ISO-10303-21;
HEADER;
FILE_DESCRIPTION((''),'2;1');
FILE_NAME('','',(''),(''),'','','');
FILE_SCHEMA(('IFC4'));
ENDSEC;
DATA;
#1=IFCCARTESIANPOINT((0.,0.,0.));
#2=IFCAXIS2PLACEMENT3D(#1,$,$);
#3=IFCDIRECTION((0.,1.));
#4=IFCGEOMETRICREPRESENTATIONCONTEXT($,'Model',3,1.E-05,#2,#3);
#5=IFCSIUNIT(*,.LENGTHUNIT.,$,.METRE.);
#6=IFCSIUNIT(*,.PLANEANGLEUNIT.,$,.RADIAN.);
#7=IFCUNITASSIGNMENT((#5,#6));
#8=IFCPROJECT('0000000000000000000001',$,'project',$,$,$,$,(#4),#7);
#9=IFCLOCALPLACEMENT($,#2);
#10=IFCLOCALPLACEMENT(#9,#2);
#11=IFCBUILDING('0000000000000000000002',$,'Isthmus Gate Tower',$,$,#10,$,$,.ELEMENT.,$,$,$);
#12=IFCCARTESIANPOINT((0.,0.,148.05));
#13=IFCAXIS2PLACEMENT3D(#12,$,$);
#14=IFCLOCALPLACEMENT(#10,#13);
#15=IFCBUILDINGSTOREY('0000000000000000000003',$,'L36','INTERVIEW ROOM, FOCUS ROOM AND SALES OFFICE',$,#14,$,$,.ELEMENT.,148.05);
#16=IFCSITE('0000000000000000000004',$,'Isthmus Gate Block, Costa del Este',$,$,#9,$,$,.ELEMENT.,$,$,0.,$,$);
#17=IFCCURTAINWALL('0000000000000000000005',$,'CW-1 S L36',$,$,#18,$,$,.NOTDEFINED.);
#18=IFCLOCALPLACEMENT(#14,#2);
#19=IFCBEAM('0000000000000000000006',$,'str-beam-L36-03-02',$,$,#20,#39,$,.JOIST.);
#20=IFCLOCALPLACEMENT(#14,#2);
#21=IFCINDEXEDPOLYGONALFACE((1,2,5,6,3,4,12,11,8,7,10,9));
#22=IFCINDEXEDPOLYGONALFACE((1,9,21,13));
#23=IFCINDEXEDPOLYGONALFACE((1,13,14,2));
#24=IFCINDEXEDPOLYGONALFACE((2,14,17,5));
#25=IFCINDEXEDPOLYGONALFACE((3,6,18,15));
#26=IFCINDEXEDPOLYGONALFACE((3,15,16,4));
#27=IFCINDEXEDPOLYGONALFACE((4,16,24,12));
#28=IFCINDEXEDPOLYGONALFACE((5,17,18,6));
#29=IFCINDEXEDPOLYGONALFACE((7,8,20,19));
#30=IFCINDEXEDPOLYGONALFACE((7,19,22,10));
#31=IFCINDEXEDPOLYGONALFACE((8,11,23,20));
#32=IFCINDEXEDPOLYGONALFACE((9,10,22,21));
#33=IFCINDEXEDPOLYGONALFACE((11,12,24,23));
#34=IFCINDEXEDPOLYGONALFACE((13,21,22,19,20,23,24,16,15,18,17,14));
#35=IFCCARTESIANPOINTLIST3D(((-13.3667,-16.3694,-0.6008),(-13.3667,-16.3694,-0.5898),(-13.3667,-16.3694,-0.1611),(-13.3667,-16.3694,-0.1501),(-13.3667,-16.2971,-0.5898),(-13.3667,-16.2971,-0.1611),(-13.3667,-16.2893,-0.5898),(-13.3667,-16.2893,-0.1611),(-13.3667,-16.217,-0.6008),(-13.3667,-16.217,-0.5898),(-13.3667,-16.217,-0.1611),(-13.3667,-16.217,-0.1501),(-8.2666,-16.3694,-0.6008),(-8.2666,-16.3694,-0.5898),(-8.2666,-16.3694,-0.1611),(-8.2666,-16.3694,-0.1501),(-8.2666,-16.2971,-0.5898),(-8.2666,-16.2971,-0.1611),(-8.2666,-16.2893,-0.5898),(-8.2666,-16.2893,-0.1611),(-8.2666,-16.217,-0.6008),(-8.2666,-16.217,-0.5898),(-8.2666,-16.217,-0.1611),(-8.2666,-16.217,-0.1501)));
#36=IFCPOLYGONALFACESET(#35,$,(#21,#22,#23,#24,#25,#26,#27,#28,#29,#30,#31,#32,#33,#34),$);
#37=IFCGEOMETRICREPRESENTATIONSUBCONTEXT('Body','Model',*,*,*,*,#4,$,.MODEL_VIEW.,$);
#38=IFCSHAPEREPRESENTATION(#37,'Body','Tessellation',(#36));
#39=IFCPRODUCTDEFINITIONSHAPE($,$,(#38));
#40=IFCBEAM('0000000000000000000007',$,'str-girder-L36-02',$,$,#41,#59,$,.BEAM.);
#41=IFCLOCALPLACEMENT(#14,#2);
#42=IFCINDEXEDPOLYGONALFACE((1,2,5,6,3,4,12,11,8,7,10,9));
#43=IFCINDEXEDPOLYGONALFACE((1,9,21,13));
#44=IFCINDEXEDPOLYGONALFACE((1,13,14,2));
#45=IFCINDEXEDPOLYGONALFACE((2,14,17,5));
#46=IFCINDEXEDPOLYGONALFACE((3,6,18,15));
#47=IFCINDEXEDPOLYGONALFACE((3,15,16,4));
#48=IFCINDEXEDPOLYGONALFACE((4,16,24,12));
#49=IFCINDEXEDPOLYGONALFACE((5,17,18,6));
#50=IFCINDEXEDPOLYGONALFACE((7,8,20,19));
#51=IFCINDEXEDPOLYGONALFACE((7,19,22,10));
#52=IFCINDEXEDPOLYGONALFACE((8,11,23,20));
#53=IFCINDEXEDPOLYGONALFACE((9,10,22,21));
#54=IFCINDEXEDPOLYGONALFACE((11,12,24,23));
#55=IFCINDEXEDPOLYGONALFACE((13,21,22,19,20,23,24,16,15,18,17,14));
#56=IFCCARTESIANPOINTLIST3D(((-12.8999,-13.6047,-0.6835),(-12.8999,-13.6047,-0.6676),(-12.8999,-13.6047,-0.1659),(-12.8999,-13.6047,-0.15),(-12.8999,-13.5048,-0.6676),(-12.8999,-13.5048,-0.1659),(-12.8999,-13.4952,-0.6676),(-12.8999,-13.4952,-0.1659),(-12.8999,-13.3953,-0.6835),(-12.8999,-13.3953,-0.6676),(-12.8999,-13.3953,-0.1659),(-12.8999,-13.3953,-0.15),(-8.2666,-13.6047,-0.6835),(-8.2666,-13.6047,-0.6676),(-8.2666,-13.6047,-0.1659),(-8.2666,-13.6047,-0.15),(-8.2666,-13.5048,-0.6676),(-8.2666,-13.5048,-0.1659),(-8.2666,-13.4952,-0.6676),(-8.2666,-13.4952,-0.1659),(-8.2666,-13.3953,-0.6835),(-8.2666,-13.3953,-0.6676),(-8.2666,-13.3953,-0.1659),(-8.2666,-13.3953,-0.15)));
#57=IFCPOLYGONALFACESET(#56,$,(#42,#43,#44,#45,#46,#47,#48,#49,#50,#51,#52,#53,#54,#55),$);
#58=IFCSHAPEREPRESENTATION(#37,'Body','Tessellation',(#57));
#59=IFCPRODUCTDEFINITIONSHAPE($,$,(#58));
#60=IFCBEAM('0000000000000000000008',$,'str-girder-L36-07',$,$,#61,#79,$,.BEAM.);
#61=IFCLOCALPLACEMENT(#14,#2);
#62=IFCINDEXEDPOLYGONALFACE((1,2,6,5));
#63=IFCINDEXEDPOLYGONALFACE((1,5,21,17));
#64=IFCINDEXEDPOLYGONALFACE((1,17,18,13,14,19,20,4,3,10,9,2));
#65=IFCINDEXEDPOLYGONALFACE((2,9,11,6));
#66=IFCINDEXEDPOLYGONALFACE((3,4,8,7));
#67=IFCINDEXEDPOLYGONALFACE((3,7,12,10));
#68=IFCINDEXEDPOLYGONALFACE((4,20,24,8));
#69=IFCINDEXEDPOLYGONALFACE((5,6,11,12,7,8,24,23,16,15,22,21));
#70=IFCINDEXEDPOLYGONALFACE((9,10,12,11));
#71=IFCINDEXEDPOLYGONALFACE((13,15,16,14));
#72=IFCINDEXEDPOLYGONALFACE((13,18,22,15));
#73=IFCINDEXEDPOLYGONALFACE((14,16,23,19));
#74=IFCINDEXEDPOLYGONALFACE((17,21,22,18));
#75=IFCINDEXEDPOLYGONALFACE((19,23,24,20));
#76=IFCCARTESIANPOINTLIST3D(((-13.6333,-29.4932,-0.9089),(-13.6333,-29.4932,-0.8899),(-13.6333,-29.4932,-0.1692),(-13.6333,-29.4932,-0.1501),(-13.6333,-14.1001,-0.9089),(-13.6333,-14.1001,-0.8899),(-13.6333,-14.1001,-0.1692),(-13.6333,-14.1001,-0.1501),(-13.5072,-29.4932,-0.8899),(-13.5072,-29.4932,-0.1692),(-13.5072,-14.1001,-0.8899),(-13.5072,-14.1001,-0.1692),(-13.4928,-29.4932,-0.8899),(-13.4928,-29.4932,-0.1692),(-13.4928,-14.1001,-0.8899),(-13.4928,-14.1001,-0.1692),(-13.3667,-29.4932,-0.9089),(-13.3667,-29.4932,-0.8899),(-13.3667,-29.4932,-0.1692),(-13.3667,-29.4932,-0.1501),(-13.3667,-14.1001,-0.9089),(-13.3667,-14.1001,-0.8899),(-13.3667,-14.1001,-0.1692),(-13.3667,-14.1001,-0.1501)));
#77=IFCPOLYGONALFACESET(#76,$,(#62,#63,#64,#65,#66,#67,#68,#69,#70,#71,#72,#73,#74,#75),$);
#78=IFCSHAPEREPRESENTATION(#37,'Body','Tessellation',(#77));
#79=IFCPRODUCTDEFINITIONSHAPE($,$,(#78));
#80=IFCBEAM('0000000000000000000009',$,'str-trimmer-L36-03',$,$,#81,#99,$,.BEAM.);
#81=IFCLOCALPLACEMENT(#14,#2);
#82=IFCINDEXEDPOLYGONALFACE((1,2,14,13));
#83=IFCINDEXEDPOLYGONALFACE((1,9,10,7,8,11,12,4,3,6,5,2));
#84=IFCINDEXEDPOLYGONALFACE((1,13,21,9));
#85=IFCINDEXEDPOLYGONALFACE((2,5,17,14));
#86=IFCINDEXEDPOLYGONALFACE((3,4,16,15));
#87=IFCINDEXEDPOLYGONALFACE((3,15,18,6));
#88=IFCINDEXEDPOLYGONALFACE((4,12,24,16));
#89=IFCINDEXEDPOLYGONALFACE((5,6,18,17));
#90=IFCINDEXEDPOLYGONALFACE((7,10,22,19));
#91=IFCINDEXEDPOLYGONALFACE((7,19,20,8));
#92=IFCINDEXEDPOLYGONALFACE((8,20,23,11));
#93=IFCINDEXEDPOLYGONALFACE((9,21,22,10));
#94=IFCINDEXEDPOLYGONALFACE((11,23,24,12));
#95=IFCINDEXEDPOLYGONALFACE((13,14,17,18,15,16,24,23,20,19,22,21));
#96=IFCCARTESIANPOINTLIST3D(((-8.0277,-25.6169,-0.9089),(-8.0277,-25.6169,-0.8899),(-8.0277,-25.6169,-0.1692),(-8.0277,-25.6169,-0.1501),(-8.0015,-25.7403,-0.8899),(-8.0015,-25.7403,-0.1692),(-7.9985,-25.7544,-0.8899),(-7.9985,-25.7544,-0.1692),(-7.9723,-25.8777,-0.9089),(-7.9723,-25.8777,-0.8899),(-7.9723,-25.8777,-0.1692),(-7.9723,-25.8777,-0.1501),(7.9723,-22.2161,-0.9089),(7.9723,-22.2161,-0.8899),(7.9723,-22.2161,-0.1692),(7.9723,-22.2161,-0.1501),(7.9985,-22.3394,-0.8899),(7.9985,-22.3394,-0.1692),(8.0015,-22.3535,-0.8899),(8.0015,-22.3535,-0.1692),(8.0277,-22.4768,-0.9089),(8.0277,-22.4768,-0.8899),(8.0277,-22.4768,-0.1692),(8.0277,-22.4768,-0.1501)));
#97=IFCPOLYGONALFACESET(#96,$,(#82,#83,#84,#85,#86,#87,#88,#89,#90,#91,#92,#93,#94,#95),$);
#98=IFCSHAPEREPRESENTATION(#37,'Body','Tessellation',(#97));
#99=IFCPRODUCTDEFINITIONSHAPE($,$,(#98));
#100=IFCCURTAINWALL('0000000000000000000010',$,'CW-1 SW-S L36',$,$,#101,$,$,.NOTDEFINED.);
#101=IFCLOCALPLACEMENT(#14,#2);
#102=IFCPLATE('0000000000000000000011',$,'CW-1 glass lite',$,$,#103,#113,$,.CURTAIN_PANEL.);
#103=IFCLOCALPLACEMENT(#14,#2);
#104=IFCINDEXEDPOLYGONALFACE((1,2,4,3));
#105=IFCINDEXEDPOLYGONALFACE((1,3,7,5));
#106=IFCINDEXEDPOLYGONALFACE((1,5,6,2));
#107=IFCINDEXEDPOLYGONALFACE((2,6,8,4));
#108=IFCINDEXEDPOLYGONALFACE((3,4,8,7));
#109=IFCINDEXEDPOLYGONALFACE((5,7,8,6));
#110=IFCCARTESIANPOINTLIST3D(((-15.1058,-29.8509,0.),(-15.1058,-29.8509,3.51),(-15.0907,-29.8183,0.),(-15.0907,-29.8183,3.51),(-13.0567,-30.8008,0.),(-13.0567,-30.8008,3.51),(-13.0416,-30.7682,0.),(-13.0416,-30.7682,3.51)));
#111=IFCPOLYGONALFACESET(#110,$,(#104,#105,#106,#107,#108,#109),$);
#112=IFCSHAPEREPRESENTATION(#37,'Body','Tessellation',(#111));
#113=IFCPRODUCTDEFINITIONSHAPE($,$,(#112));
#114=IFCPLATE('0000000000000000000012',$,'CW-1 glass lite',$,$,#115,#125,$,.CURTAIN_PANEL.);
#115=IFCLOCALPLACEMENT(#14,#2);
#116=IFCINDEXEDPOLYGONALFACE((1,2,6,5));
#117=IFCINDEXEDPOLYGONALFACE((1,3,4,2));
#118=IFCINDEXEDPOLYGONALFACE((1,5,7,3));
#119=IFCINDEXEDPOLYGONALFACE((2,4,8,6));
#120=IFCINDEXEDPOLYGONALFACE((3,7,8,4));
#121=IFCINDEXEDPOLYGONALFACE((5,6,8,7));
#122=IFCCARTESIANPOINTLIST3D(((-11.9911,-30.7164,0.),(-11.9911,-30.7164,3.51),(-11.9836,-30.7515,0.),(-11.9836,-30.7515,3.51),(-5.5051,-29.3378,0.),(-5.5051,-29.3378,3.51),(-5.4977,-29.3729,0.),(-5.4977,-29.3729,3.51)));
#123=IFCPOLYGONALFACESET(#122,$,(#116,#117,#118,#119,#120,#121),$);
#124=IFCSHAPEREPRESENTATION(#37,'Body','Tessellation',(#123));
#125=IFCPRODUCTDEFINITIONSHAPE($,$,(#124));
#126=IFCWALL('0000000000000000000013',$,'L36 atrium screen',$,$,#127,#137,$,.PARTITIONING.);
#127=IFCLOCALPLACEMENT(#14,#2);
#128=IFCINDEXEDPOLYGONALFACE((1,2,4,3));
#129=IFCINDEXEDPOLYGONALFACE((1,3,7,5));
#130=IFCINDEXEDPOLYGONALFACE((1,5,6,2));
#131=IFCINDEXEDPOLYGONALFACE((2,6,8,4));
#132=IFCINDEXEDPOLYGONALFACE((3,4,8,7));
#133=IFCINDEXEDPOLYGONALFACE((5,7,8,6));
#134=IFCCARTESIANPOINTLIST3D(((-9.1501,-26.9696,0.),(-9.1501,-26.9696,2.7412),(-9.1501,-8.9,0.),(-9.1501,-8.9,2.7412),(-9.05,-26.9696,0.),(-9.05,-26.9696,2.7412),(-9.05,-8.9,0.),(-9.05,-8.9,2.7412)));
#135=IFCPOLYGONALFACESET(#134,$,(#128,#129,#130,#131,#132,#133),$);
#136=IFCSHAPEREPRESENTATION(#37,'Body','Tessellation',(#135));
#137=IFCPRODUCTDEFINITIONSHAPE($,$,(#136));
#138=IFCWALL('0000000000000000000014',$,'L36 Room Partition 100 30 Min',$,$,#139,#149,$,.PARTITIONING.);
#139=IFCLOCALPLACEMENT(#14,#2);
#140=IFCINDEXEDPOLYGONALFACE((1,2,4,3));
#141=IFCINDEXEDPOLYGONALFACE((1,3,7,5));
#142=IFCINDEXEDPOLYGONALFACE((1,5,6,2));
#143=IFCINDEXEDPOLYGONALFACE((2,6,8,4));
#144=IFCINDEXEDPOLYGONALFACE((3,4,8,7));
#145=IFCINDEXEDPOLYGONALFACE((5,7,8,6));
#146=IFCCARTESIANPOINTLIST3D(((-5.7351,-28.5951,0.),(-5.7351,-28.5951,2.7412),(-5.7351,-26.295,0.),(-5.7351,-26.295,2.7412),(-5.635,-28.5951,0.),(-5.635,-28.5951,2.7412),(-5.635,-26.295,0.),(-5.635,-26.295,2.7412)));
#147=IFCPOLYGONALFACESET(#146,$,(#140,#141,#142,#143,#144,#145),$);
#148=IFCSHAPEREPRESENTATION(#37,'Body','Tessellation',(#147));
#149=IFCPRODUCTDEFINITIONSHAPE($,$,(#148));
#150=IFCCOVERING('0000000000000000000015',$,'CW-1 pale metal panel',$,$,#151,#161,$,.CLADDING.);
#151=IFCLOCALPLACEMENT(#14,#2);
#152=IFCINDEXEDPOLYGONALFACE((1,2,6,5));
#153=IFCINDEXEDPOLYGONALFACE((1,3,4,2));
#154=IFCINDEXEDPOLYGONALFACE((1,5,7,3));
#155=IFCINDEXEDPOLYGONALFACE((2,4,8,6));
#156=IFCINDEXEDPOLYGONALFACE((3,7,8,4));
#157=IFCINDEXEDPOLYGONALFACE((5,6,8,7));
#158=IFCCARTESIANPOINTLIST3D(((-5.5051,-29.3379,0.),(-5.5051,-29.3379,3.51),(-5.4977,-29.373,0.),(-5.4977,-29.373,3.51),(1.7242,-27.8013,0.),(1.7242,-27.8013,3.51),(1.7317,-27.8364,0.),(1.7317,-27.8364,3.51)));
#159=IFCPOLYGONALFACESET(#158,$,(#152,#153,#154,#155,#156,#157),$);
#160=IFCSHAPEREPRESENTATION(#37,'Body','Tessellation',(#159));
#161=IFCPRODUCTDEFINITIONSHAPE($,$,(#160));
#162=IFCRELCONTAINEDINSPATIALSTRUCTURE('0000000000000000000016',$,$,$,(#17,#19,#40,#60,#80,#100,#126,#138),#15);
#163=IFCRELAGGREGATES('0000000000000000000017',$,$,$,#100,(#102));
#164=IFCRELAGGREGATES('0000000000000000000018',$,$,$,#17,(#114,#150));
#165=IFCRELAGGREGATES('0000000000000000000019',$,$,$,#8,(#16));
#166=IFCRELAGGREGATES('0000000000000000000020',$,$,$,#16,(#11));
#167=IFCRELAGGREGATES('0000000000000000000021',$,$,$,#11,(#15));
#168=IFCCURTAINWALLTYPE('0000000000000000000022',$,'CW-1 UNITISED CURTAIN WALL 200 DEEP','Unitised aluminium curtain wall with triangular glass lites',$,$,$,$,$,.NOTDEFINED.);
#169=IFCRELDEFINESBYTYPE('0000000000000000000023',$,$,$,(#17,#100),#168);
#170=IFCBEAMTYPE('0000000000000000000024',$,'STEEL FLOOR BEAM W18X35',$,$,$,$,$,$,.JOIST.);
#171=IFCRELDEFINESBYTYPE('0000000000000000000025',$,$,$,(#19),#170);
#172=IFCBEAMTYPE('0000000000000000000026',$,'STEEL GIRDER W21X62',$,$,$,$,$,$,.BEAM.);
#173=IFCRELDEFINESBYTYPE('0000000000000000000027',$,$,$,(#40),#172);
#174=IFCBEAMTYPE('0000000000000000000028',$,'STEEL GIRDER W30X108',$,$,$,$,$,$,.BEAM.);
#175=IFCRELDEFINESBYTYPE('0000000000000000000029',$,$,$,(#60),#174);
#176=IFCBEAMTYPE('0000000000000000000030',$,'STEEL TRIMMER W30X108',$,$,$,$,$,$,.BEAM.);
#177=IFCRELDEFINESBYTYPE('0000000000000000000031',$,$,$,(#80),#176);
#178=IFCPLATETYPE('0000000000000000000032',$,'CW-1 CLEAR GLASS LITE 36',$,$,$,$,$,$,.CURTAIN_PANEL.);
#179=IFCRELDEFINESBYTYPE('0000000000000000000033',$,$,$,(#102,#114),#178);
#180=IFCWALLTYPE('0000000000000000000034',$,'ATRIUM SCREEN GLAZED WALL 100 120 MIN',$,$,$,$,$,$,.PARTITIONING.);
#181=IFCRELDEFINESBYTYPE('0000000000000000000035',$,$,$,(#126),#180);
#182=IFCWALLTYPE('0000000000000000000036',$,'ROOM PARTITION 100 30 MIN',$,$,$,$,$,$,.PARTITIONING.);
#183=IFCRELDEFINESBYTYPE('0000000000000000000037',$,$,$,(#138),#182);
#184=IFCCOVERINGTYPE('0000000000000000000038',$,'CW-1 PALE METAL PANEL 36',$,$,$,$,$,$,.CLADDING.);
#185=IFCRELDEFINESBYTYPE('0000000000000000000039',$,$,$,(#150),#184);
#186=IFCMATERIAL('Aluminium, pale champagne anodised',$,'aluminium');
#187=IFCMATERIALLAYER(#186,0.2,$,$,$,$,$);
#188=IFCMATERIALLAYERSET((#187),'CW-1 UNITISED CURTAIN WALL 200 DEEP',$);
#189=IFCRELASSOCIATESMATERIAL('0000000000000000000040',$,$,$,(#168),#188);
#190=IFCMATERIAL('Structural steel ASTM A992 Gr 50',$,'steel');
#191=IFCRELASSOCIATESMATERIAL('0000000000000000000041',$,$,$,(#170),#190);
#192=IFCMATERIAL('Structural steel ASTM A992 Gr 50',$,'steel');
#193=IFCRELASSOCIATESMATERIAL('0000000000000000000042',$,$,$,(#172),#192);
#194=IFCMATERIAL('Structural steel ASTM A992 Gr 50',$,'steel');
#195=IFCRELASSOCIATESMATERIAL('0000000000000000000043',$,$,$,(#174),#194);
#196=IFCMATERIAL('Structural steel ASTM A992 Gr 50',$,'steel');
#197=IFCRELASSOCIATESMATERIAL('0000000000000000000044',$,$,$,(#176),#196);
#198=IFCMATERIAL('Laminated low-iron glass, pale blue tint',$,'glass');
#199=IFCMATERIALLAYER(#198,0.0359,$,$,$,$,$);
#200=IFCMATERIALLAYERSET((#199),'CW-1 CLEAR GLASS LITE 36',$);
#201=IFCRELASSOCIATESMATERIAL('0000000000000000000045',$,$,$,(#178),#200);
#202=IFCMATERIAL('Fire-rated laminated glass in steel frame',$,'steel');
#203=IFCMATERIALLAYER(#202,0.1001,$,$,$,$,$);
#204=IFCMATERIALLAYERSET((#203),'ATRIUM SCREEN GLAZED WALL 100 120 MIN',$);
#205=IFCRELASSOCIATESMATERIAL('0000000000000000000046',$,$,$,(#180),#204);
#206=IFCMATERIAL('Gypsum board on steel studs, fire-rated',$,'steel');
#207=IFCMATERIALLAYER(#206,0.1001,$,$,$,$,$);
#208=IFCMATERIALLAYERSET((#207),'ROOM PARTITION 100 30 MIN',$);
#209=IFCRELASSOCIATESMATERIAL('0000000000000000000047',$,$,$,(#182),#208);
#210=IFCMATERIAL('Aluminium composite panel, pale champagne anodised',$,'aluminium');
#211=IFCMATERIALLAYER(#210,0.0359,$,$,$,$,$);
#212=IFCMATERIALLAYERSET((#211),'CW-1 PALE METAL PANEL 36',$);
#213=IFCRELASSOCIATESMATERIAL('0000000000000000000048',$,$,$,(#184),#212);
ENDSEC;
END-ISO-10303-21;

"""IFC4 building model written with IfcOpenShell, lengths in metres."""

from ifc_helpers import new_model, si_unit, direction, frame, frame_2d, origin, origin_2d, place, context, subcontext, project, spatial, rectangle, i_section, extrude, material, layer, layer_set, material_profile, profile_set, type_object, element, aggregate, save


model = new_model("IFC4")

# Units and contexts
model_context = context("Model", 3, precision=1e-05, world=origin(), true_north=direction((0.0, 1.0)))
body_context = subcontext(model_context, "Body", "Model", "MODEL_VIEW")
ifc_project = project(units=[si_unit("LENGTHUNIT", "METRE"), si_unit("PLANEANGLEUNIT", "RADIAN")], contexts=[model_context])

# Site, building, storey
site_placement = place(None, origin())
site = spatial("IfcSite", under=ifc_project, at=site_placement, Name="Isthmus Gate Block, Costa del Este", CompositionType="ELEMENT", RefElevation=0.0)
building_placement = place(site_placement, origin())
building = spatial("IfcBuilding", under=site, at=building_placement, Name="Isthmus Gate Tower", CompositionType="ELEMENT")
storey_placement = place(building_placement, frame((0.0, 0.0, 148.05)))
storey = spatial("IfcBuildingStorey", under=building, at=storey_placement, Name="L36", Description="INTERVIEW ROOM, FOCUS ROOM AND SALES OFFICE", CompositionType="ELEMENT", Elevation=148.05)

# Curtain wall
ifc_material_1 = material(Name="Aluminium, pale champagne anodised", Category="aluminium")
ifc_layer_1 = layer(ifc_material_1, 0.2)
ifc_layer_set_1 = layer_set([ifc_layer_1], Name="CW-1 UNITISED CURTAIN WALL 200 DEEP")
curtain_wall_type = type_object("IfcCurtainWallType", Name="CW-1 UNITISED CURTAIN WALL 200 DEEP", Description="Unitised aluminium curtain wall with triangular glass lites", PredefinedType="NOTDEFINED", material=ifc_layer_set_1)
curtain_wall_1_placement = place(storey_placement, origin())
curtain_wall_1 = element("IfcCurtainWall", 1, at=curtain_wall_1_placement, inside=storey, type_object=curtain_wall_type, Name="CW-1 S L36", PredefinedType="NOTDEFINED")

# Beams
ifc_material_2 = material(Name="Structural steel ASTM A992 Gr 50", Category="steel")
ifc_material_profile_1 = material_profile(ifc_material_2, i_section(OverallWidth=0.1523, OverallDepth=0.4507, WebThickness=0.0078, FlangeThickness=0.011, at=origin_2d()), Name="W18X35")
ifc_profile_set_1 = profile_set([ifc_material_profile_1], Name="Structural steel ASTM A992 Gr 50")
beam_type_1 = type_object("IfcBeamType", Name="STEEL FLOOR BEAM W18X35", PredefinedType="JOIST", material=ifc_profile_set_1)
for number, where, z_axis, x_axis, name in (
    (2, (-13.3667, -16.2932, -0.3755), (1.0, 0.0, 0.0), (0.0, 1.0, 0.0), "str-beam-L36-03-02"),
):
    element("IfcBeam", number, at=place(storey_placement, frame(where, z_axis=z_axis, x_axis=x_axis)), inside=storey, type_object=beam_type_1, Name=name, PredefinedType="JOIST", context=body_context, shape_type="SweptSolid", body=[
        extrude(i_section(OverallWidth=0.1523, OverallDepth=0.4507, WebThickness=0.0078, FlangeThickness=0.011, at=origin_2d()), origin(), (0.0, 0.0, 1.0), 5.1001),
    ])
ifc_material_3 = material(Name="Structural steel ASTM A992 Gr 50", Category="steel")
ifc_material_profile_2 = material_profile(ifc_material_3, i_section(OverallWidth=0.2095, OverallDepth=0.5334, WebThickness=0.0095, FlangeThickness=0.0159, at=origin_2d()), Name="W21X62")
ifc_profile_set_2 = profile_set([ifc_material_profile_2], Name="Structural steel ASTM A992 Gr 50")
beam_type_2 = type_object("IfcBeamType", Name="STEEL GIRDER W21X62", PredefinedType="BEAM", material=ifc_profile_set_2)
beam_1_placement = place(storey_placement, frame((-12.8999, -13.5, -0.4167), z_axis=(1.0, 0.0, 0.0), x_axis=(0.0, 1.0, 0.0)))
element("IfcBeam", 3, at=beam_1_placement, inside=storey, type_object=beam_type_2, Name="str-girder-L36-02", PredefinedType="BEAM", context=body_context, shape_type="SweptSolid", body=[
    extrude(i_section(OverallWidth=0.2095, OverallDepth=0.5334, WebThickness=0.0095, FlangeThickness=0.0159, at=origin_2d()), origin(), (0.0, 0.0, 1.0), 4.6333),
])
ifc_material_4 = material(Name="Structural steel ASTM A992 Gr 50", Category="steel")
ifc_material_profile_3 = material_profile(ifc_material_4, i_section(OverallWidth=0.2666, OverallDepth=0.7588, WebThickness=0.0144, FlangeThickness=0.019, at=origin_2d()), Name="W30X108")
ifc_profile_set_3 = profile_set([ifc_material_profile_3], Name="Structural steel ASTM A992 Gr 50")
beam_type_3 = type_object("IfcBeamType", Name="STEEL GIRDER W30X108", PredefinedType="BEAM", material=ifc_profile_set_3)
beam_2_placement = place(storey_placement, frame((-13.5, -29.4932, -0.5295), z_axis=(0.0, 1.0, 0.0), x_axis=(-1.0, 0.0, 0.0)))
element("IfcBeam", 4, at=beam_2_placement, inside=storey, type_object=beam_type_3, Name="str-girder-L36-07", PredefinedType="BEAM", context=body_context, shape_type="SweptSolid", body=[
    extrude(i_section(OverallWidth=0.2666, OverallDepth=0.7588, WebThickness=0.0144, FlangeThickness=0.019, at=origin_2d()), origin(), (0.0, 0.0, 1.0), 15.3931),
])
ifc_material_5 = material(Name="Structural steel ASTM A992 Gr 50", Category="steel")
ifc_material_profile_4 = material_profile(ifc_material_5, i_section(OverallWidth=0.2666, OverallDepth=0.7588, WebThickness=0.0144, FlangeThickness=0.019, at=origin_2d()), Name="W30X108")
ifc_profile_set_4 = profile_set([ifc_material_profile_4], Name="Structural steel ASTM A992 Gr 50")
beam_type_4 = type_object("IfcBeamType", Name="STEEL TRIMMER W30X108", PredefinedType="BEAM", material=ifc_profile_set_4)
beam_3_placement = place(storey_placement, frame((-8.0, -25.7473, -0.5295), z_axis=(0.978148, 0.20791, 0.0), x_axis=(-0.20791, 0.978148, 0.0)))
element("IfcBeam", 5, at=beam_3_placement, inside=storey, type_object=beam_type_4, Name="str-trimmer-L36-03", PredefinedType="BEAM", context=body_context, shape_type="SweptSolid", body=[
    extrude(i_section(OverallWidth=0.2666, OverallDepth=0.7588, WebThickness=0.0144, FlangeThickness=0.019, at=origin_2d()), origin(), (0.0, 0.0, 1.0), 16.3574),
])

# Curtain wall, plate
curtain_wall_2_placement = place(storey_placement, origin())
curtain_wall_2 = element("IfcCurtainWall", 6, at=curtain_wall_2_placement, inside=storey, type_object=curtain_wall_type, Name="CW-1 SW-S L36", PredefinedType="NOTDEFINED")
ifc_material_6 = material(Name="Laminated low-iron glass, pale blue tint", Category="glass")
ifc_layer_2 = layer(ifc_material_6, 0.0359)
ifc_layer_set_2 = layer_set([ifc_layer_2], Name="CW-1 CLEAR GLASS LITE 36")
plate_type = type_object("IfcPlateType", Name="CW-1 CLEAR GLASS LITE 36", PredefinedType="CURTAIN_PANEL", material=ifc_layer_set_2)
plate_1_placement = place(storey_placement, frame((-14.0737, -30.3096, 0.0), z_axis=(0.0, 0.0, 1.0), x_axis=(0.907256, -0.420578, 0.0)))
plate_1 = element("IfcPlate", 7, at=plate_1_placement, type_object=plate_type, Name="CW-1 glass lite", PredefinedType="CURTAIN_PANEL", context=body_context, shape_type="SweptSolid", body=[
    extrude(rectangle(XDim=2.2585, YDim=0.0359, at=origin_2d()), origin(), (0.0, 0.0, 1.0), 3.51),
])
aggregate(curtain_wall_2, [plate_1])

# Plate
plate_2_placement = place(storey_placement, frame((-8.7444, -30.0447, 0.0), z_axis=(0.0, 0.0, 1.0), x_axis=(0.978148, 0.207912, 0.0)))
plate_2 = element("IfcPlate", 8, at=plate_2_placement, type_object=plate_type, Name="CW-1 glass lite", PredefinedType="CURTAIN_PANEL", context=body_context, shape_type="SweptSolid", body=[
    extrude(rectangle(XDim=6.6309, YDim=0.0359, at=origin_2d()), origin(), (0.0, 0.0, 1.0), 3.51),
])

# Walls
ifc_material_7 = material(Name="Fire-rated laminated glass in steel frame", Category="steel")
ifc_layer_3 = layer(ifc_material_7, 0.1001)
ifc_layer_set_3 = layer_set([ifc_layer_3], Name="ATRIUM SCREEN GLAZED WALL 100 120 MIN")
wall_type_1 = type_object("IfcWallType", Name="ATRIUM SCREEN GLAZED WALL 100 120 MIN", PredefinedType="PARTITIONING", material=ifc_layer_set_3)
wall_1_placement = place(storey_placement, frame((-9.1001, -26.9695, 0.0), z_axis=(0.0, 0.0, 1.0), x_axis=(0.0, 1.0, 0.0)))
element("IfcWall", 9, at=wall_1_placement, inside=storey, type_object=wall_type_1, Name="L36 atrium screen", PredefinedType="PARTITIONING", context=body_context, shape_type="SweptSolid", body=[
    extrude(rectangle(XDim=18.0696, YDim=0.1001, at=frame_2d((9.0347, 0.0))), origin(), (0.0, 0.0, 1.0), 2.7412),
])
ifc_material_8 = material(Name="Gypsum board on steel studs, fire-rated", Category="steel")
ifc_layer_4 = layer(ifc_material_8, 0.1001)
ifc_layer_set_4 = layer_set([ifc_layer_4], Name="ROOM PARTITION 100 30 MIN")
wall_type_2 = type_object("IfcWallType", Name="ROOM PARTITION 100 30 MIN", PredefinedType="PARTITIONING", material=ifc_layer_set_4)
wall_2_placement = place(storey_placement, frame((-5.6851, -28.595, 0.0), z_axis=(0.0, 0.0, 1.0), x_axis=(0.0, 1.0, 0.0)))
element("IfcWall", 10, at=wall_2_placement, inside=storey, type_object=wall_type_2, Name="L36 Room Partition 100 30 Min", PredefinedType="PARTITIONING", context=body_context, shape_type="SweptSolid", body=[
    extrude(rectangle(XDim=2.3, YDim=0.1001, at=frame_2d((1.1499, 0.0))), origin(), (0.0, 0.0, 1.0), 2.7412),
])

# Covering
ifc_material_9 = material(Name="Aluminium composite panel, pale champagne anodised", Category="aluminium")
ifc_layer_5 = layer(ifc_material_9, 0.0359)
ifc_layer_set_5 = layer_set([ifc_layer_5], Name="CW-1 PALE METAL PANEL 36")
covering_type = type_object("IfcCoveringType", Name="CW-1 PALE METAL PANEL 36", PredefinedType="CLADDING", material=ifc_layer_set_5)
covering_placement = place(storey_placement, frame((-1.8867, -28.5872, 0.0), z_axis=(0.0, 0.0, 1.0), x_axis=(0.978148, 0.207912, 0.0)))
covering = element("IfcCovering", 11, at=covering_placement, type_object=covering_type, Name="CW-1 pale metal panel", PredefinedType="CLADDING", context=body_context, shape_type="SweptSolid", body=[
    extrude(rectangle(XDim=7.3909, YDim=0.0359, at=origin_2d()), origin(), (0.0, 0.0, 1.0), 3.51),
])
aggregate(curtain_wall_1, [plate_2, covering])

save(model, "model.ifc")
